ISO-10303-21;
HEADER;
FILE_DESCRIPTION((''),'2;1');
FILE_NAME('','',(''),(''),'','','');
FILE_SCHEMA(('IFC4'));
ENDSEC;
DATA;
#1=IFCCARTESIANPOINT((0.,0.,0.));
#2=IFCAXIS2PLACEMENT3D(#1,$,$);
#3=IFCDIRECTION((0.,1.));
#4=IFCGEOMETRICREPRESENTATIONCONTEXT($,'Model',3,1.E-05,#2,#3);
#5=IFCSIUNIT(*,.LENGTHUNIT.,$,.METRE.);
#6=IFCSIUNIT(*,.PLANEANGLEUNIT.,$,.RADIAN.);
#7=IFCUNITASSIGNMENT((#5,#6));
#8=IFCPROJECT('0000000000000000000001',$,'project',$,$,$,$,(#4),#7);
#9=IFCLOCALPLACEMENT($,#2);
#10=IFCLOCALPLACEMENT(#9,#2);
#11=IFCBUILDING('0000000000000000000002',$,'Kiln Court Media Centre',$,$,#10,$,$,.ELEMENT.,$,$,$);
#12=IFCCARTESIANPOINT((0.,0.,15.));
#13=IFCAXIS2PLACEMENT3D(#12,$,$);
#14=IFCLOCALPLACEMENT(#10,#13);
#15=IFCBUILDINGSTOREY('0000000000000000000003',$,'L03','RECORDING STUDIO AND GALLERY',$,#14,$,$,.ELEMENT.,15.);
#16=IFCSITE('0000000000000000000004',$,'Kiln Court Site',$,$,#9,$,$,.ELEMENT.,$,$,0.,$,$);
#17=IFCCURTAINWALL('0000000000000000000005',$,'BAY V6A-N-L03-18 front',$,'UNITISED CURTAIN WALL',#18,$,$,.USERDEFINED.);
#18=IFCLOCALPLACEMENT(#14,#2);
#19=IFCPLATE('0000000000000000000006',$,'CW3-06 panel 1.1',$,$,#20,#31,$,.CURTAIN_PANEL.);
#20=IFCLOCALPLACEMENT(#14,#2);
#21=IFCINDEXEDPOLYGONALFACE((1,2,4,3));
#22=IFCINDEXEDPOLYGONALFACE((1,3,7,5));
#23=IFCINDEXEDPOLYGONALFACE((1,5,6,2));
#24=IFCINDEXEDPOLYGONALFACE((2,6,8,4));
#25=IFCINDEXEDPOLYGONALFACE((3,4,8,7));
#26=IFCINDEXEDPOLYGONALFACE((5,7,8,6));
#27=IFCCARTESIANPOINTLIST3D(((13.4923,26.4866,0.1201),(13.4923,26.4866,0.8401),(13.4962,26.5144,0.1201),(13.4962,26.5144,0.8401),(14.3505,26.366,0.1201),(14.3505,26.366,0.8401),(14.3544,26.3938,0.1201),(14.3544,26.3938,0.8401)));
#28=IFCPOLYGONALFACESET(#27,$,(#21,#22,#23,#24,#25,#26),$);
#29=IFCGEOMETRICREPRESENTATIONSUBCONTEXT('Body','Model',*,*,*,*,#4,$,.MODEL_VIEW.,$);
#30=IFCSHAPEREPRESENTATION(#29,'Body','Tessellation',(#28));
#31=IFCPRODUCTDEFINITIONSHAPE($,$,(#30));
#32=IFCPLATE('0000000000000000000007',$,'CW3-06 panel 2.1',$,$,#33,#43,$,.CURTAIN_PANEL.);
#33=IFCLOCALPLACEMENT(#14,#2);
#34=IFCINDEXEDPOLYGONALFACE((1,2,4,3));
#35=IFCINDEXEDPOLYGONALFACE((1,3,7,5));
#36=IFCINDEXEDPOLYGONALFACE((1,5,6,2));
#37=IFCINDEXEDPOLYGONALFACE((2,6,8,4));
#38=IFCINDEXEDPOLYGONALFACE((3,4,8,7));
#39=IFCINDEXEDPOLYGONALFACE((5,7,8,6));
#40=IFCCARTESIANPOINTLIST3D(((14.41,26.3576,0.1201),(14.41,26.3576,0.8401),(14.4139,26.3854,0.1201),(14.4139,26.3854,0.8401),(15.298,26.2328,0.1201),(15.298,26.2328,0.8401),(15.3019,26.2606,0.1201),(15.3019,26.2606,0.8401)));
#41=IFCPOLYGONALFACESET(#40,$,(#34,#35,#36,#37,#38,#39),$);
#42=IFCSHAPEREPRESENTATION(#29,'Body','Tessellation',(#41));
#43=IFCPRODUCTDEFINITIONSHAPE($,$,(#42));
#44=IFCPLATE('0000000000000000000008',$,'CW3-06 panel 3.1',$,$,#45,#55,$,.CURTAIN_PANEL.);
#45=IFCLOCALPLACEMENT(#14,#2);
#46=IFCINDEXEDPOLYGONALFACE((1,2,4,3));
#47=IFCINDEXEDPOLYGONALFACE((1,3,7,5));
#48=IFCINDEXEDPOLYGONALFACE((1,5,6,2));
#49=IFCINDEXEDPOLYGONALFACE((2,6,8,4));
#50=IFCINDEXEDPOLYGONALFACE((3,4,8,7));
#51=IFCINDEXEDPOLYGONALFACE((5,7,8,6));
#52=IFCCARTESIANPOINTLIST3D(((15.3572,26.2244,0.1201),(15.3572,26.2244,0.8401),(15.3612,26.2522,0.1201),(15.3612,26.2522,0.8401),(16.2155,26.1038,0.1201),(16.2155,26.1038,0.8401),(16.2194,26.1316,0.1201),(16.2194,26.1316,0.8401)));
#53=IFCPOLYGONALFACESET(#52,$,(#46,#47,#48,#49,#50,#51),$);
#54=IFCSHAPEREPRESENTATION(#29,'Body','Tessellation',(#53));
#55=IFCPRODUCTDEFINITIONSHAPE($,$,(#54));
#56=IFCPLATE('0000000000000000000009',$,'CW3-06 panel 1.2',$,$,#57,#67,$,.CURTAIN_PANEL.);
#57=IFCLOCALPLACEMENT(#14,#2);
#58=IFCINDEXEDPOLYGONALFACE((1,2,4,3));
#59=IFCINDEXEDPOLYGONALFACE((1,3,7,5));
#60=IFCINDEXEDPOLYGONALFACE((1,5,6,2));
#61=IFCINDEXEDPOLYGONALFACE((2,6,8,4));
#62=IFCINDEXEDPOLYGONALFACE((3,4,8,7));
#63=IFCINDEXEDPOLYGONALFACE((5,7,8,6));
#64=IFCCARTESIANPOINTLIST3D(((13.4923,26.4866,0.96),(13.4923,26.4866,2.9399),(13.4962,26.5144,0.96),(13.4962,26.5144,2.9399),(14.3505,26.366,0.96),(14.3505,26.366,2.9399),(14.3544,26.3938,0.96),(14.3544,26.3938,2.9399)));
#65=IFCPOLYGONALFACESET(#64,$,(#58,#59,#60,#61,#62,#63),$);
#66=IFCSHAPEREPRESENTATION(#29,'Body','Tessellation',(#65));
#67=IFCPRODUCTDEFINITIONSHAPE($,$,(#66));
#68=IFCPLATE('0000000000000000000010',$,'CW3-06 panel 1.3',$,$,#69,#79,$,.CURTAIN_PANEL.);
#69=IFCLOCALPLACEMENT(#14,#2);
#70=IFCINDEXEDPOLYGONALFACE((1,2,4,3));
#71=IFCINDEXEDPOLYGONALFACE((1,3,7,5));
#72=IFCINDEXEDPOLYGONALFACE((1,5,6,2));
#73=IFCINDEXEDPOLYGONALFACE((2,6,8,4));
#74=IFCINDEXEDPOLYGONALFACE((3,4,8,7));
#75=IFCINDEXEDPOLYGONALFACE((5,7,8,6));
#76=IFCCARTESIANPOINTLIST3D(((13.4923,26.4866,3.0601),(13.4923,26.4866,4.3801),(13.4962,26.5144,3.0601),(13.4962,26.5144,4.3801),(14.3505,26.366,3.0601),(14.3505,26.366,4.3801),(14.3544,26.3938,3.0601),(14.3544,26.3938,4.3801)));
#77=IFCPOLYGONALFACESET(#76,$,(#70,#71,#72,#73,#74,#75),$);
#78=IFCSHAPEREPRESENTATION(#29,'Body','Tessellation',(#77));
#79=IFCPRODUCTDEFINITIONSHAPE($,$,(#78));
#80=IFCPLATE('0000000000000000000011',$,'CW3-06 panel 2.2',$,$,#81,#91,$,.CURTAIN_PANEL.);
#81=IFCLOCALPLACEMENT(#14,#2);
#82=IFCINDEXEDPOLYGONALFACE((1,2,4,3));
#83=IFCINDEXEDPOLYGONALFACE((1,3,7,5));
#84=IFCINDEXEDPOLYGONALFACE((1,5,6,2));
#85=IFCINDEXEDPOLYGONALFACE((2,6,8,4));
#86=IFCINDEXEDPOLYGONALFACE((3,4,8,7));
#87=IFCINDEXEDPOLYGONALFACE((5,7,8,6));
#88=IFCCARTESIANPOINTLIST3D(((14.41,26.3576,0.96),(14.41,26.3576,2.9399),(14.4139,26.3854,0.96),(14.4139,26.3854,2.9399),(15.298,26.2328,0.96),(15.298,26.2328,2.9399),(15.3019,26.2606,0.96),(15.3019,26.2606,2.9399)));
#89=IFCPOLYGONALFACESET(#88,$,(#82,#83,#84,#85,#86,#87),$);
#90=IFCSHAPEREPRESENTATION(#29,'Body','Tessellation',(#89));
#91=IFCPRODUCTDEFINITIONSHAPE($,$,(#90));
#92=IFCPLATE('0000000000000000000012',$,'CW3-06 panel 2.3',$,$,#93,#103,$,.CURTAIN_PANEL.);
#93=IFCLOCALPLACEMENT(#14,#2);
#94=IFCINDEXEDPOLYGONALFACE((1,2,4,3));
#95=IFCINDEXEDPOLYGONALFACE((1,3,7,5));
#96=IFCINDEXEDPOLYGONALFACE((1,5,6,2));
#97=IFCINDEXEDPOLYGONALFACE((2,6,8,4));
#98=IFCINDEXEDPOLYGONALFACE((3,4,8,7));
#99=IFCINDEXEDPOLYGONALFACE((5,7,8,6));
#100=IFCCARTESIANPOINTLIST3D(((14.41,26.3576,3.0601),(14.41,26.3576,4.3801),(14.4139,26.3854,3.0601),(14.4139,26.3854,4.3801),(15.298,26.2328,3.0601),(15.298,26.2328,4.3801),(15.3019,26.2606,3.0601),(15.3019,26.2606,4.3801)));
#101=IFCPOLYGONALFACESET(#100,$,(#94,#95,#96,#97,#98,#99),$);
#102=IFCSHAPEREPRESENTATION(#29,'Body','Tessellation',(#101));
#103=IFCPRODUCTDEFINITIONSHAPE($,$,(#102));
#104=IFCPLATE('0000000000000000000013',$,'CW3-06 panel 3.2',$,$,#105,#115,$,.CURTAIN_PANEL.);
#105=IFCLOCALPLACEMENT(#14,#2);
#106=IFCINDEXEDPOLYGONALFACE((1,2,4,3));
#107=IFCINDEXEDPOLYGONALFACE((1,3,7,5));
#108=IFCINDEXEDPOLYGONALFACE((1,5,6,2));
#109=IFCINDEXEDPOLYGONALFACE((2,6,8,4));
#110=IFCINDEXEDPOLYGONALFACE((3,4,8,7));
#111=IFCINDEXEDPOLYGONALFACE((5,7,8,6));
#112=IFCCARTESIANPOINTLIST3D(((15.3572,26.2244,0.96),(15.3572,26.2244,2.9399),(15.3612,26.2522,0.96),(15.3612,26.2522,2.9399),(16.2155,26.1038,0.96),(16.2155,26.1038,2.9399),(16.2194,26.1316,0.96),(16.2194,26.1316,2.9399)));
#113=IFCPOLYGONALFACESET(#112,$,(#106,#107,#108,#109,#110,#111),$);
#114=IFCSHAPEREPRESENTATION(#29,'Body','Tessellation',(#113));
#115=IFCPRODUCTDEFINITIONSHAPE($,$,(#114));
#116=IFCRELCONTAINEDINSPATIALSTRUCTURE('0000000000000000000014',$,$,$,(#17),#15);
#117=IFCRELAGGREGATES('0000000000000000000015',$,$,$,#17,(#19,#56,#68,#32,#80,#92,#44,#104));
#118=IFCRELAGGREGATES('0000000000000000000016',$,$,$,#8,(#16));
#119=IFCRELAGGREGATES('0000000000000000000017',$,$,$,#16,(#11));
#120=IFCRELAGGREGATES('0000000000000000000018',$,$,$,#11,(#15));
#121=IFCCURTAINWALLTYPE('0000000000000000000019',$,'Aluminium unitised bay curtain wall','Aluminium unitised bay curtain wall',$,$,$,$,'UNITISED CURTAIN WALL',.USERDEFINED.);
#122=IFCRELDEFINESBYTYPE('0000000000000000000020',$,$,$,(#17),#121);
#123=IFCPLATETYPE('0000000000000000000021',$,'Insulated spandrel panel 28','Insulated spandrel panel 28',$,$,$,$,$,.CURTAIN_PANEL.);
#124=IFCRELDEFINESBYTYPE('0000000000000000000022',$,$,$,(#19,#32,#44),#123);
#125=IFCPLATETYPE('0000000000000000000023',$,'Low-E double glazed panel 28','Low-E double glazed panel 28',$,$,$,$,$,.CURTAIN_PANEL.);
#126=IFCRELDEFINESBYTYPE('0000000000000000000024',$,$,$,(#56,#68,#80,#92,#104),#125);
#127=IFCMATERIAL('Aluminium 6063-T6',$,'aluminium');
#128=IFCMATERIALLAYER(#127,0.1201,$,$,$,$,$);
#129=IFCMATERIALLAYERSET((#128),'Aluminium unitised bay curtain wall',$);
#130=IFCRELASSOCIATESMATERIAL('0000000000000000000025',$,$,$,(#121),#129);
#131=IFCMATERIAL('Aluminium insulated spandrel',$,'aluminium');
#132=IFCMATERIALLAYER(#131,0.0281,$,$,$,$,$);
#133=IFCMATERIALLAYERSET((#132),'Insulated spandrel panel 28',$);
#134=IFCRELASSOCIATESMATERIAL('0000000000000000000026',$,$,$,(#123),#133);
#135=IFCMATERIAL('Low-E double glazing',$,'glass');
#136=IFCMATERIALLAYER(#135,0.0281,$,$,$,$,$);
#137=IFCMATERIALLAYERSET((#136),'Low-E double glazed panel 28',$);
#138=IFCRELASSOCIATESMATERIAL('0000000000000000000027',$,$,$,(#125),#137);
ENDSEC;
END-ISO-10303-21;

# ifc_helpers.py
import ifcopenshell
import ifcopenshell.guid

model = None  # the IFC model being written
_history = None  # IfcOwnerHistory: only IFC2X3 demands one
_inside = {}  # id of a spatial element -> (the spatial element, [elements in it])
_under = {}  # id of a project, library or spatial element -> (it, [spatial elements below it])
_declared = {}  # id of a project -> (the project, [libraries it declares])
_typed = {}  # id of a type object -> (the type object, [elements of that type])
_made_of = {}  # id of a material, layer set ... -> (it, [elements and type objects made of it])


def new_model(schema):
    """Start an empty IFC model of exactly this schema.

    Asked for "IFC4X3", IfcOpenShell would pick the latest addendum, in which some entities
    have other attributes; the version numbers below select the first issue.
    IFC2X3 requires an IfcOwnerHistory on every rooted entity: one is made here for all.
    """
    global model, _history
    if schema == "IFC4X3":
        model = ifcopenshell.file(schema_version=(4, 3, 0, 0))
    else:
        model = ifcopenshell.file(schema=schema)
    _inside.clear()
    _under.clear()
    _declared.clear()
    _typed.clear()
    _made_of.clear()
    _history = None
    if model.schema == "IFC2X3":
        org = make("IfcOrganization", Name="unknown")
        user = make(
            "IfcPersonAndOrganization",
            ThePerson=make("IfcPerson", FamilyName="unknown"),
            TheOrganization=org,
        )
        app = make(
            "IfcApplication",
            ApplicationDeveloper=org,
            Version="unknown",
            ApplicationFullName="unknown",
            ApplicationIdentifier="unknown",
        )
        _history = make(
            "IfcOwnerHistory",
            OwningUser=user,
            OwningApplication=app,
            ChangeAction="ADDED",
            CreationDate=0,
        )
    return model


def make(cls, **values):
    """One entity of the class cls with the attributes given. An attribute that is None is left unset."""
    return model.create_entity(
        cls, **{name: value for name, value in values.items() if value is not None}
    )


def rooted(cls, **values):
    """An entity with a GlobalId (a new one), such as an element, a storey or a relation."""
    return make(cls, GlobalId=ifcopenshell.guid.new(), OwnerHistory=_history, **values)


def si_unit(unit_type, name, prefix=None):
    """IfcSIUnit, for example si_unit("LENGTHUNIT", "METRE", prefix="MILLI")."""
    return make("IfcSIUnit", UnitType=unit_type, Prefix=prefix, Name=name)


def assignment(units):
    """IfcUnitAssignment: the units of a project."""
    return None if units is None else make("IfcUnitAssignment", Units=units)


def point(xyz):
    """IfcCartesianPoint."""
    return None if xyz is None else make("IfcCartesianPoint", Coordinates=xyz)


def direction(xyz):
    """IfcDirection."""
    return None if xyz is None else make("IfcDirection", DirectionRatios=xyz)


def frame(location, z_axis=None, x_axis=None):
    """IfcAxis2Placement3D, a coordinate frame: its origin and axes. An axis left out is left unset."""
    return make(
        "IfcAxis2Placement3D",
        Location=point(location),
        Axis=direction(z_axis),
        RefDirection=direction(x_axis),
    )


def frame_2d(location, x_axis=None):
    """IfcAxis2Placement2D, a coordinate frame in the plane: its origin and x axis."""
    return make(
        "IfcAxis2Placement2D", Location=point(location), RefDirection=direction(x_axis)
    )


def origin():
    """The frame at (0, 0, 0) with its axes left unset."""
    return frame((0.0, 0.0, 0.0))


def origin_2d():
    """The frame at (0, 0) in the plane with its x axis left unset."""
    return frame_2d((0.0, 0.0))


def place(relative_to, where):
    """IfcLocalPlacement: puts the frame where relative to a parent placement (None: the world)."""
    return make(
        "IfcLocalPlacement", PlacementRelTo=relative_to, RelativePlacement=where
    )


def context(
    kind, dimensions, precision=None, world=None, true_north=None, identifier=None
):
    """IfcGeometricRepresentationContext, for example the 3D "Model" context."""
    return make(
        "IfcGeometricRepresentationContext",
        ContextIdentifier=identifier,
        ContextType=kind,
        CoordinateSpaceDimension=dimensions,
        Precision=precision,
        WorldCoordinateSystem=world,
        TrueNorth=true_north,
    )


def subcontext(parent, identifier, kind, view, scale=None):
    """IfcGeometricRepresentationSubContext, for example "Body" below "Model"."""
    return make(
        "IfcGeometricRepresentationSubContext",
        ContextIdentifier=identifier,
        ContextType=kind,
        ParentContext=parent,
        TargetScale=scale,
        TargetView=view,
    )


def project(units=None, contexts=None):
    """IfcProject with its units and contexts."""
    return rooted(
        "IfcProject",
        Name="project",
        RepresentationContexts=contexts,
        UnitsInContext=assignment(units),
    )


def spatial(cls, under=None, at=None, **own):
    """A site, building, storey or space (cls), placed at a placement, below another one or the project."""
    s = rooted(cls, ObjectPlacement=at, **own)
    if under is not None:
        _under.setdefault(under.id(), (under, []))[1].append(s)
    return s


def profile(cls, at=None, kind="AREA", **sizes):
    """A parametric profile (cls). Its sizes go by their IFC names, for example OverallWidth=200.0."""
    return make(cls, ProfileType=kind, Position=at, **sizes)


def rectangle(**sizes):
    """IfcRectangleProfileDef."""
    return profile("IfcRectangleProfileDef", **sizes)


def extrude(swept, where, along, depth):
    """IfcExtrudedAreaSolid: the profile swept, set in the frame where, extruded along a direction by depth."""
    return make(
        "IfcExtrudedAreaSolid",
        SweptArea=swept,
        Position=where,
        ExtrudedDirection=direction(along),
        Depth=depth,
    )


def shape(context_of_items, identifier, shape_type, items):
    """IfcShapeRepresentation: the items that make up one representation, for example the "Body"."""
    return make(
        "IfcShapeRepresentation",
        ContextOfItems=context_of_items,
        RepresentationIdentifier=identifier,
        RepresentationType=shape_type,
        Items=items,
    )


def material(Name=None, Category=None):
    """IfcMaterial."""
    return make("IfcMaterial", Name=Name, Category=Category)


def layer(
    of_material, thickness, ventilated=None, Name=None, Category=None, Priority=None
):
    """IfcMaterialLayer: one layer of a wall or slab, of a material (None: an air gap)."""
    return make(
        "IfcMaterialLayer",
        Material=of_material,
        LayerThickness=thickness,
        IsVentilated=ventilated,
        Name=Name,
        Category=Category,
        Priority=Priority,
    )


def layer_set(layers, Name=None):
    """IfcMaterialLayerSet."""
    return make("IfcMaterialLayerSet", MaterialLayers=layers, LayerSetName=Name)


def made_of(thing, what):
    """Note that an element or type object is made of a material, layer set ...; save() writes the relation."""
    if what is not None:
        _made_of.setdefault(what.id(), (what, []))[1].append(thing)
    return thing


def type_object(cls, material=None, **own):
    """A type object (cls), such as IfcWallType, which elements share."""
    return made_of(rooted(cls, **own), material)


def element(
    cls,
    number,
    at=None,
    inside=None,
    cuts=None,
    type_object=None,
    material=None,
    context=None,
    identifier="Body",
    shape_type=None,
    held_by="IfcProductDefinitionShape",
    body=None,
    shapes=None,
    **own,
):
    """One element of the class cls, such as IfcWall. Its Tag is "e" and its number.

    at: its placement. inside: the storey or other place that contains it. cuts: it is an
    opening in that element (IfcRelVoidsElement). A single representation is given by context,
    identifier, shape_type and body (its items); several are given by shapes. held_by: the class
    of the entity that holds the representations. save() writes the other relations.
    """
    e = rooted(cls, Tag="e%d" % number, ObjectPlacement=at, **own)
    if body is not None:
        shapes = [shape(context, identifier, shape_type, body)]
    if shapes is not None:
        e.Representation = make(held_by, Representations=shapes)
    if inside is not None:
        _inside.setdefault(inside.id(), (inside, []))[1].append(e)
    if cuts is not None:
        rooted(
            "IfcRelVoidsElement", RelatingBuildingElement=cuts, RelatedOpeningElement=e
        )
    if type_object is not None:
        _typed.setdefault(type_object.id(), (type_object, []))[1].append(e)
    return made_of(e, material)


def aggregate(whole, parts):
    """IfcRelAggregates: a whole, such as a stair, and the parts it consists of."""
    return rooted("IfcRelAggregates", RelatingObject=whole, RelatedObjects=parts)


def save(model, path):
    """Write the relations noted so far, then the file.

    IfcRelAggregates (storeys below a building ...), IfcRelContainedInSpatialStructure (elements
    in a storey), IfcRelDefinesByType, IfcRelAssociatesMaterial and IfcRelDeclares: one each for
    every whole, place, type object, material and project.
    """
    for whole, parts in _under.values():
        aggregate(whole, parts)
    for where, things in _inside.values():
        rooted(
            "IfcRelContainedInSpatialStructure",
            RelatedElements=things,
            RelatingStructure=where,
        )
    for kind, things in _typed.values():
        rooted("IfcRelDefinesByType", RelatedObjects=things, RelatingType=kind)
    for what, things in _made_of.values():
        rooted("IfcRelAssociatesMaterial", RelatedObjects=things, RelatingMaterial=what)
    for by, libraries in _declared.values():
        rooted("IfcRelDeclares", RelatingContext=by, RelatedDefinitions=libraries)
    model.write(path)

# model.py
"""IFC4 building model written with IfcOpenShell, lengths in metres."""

from ifc_helpers import new_model, si_unit, direction, frame, origin, origin_2d, place, context, subcontext, project, spatial, rectangle, extrude, material, layer, layer_set, type_object, element, aggregate, save


model = new_model("IFC4")

# Units and contexts
model_context = context("Model", 3, precision=1e-05, world=origin(), true_north=direction((0.0, 1.0)))
body_context = subcontext(model_context, "Body", "Model", "MODEL_VIEW")
ifc_project = project(units=[si_unit("LENGTHUNIT", "METRE"), si_unit("PLANEANGLEUNIT", "RADIAN")], contexts=[model_context])

# Site, building, storey
site_placement = place(None, origin())
site = spatial("IfcSite", under=ifc_project, at=site_placement, Name="Kiln Court Site", CompositionType="ELEMENT", RefElevation=0.0)
building_placement = place(site_placement, origin())
building = spatial("IfcBuilding", under=site, at=building_placement, Name="Kiln Court Media Centre", CompositionType="ELEMENT")
storey_placement = place(building_placement, frame((0.0, 0.0, 15.0)))
storey = spatial("IfcBuildingStorey", under=building, at=storey_placement, Name="L03", Description="RECORDING STUDIO AND GALLERY", CompositionType="ELEMENT", Elevation=15.0)

# Curtain wall, plates
ifc_material_1 = material(Name="Aluminium 6063-T6", Category="aluminium")
ifc_layer_1 = layer(ifc_material_1, 0.1201)
ifc_layer_set_1 = layer_set([ifc_layer_1], Name="Aluminium unitised bay curtain wall")
curtain_wall_type = type_object("IfcCurtainWallType", Name="Aluminium unitised bay curtain wall", Description="Aluminium unitised bay curtain wall", ElementType="UNITISED CURTAIN WALL", PredefinedType="USERDEFINED", material=ifc_layer_set_1)
curtain_wall_placement = place(storey_placement, origin())
curtain_wall = element("IfcCurtainWall", 1, at=curtain_wall_placement, inside=storey, type_object=curtain_wall_type, Name="BAY V6A-N-L03-18 front", ObjectType="UNITISED CURTAIN WALL", PredefinedType="USERDEFINED")
ifc_material_2 = material(Name="Aluminium insulated spandrel", Category="aluminium")
ifc_layer_2 = layer(ifc_material_2, 0.0281)
ifc_layer_set_2 = layer_set([ifc_layer_2], Name="Insulated spandrel panel 28")
plate_type_1 = type_object("IfcPlateType", Name="Insulated spandrel panel 28", Description="Insulated spandrel panel 28", PredefinedType="CURTAIN_PANEL", material=ifc_layer_set_2)
plate_1_placement = place(storey_placement, frame((13.9233, 26.4402, 0.1201), z_axis=(0.0, 0.0, 1.0), x_axis=(0.99027, -0.139162, 0.0)))
plate_1 = element("IfcPlate", 2, at=plate_1_placement, type_object=plate_type_1, Name="CW3-06 panel 1.1", PredefinedType="CURTAIN_PANEL", context=body_context, shape_type="SweptSolid", body=[
    extrude(rectangle(XDim=0.8667, YDim=0.0281, at=origin_2d()), origin(), (0.0, 0.0, 1.0), 0.72),
])
plate_2_placement = place(storey_placement, frame((14.856, 26.3091, 0.1201), z_axis=(0.0, 0.0, 1.0), x_axis=(0.99027, -0.139162, 0.0)))
plate_2 = element("IfcPlate", 3, at=plate_2_placement, type_object=plate_type_1, Name="CW3-06 panel 2.1", PredefinedType="CURTAIN_PANEL", context=body_context, shape_type="SweptSolid", body=[
    extrude(rectangle(XDim=0.8967, YDim=0.0281, at=origin_2d()), origin(), (0.0, 0.0, 1.0), 0.72),
])
plate_3_placement = place(storey_placement, frame((15.7883, 26.178, 0.1201), z_axis=(0.0, 0.0, 1.0), x_axis=(0.99027, -0.139162, 0.0)))
plate_3 = element("IfcPlate", 4, at=plate_3_placement, type_object=plate_type_1, Name="CW3-06 panel 3.1", PredefinedType="CURTAIN_PANEL", context=body_context, shape_type="SweptSolid", body=[
    extrude(rectangle(XDim=0.8667, YDim=0.0281, at=origin_2d()), origin(), (0.0, 0.0, 1.0), 0.72),
])
ifc_material_3 = material(Name="Low-E double glazing", Category="glass")
ifc_layer_3 = layer(ifc_material_3, 0.0281)
ifc_layer_set_3 = layer_set([ifc_layer_3], Name="Low-E double glazed panel 28")
plate_type_2 = type_object("IfcPlateType", Name="Low-E double glazed panel 28", Description="Low-E double glazed panel 28", PredefinedType="CURTAIN_PANEL", material=ifc_layer_set_3)
plate_4_placement = place(storey_placement, frame((13.9233, 26.4402, 0.96), z_axis=(0.0, 0.0, 1.0), x_axis=(0.99027, -0.139162, 0.0)))
plate_4 = element("IfcPlate", 5, at=plate_4_placement, type_object=plate_type_2, Name="CW3-06 panel 1.2", PredefinedType="CURTAIN_PANEL", context=body_context, shape_type="SweptSolid", body=[
    extrude(rectangle(XDim=0.8667, YDim=0.0281, at=origin_2d()), origin(), (0.0, 0.0, 1.0), 1.98),
])
plate_5_placement = place(storey_placement, frame((13.9233, 26.4402, 3.0601), z_axis=(0.0, 0.0, 1.0), x_axis=(0.99027, -0.139162, 0.0)))
plate_5 = element("IfcPlate", 6, at=plate_5_placement, type_object=plate_type_2, Name="CW3-06 panel 1.3", PredefinedType="CURTAIN_PANEL", context=body_context, shape_type="SweptSolid", body=[
    extrude(rectangle(XDim=0.8667, YDim=0.0281, at=origin_2d()), origin(), (0.0, 0.0, 1.0), 1.3201),
])
plate_6_placement = place(storey_placement, frame((14.856, 26.3091, 0.96), z_axis=(0.0, 0.0, 1.0), x_axis=(0.99027, -0.139162, 0.0)))
plate_6 = element("IfcPlate", 7, at=plate_6_placement, type_object=plate_type_2, Name="CW3-06 panel 2.2", PredefinedType="CURTAIN_PANEL", context=body_context, shape_type="SweptSolid", body=[
    extrude(rectangle(XDim=0.8967, YDim=0.0281, at=origin_2d()), origin(), (0.0, 0.0, 1.0), 1.98),
])
plate_7_placement = place(storey_placement, frame((14.856, 26.3091, 3.0601), z_axis=(0.0, 0.0, 1.0), x_axis=(0.99027, -0.139162, 0.0)))
plate_7 = element("IfcPlate", 8, at=plate_7_placement, type_object=plate_type_2, Name="CW3-06 panel 2.3", PredefinedType="CURTAIN_PANEL", context=body_context, shape_type="SweptSolid", body=[
    extrude(rectangle(XDim=0.8967, YDim=0.0281, at=origin_2d()), origin(), (0.0, 0.0, 1.0), 1.3201),
])
plate_8_placement = place(storey_placement, frame((15.7883, 26.178, 0.96), z_axis=(0.0, 0.0, 1.0), x_axis=(0.99027, -0.139162, 0.0)))
plate_8 = element("IfcPlate", 9, at=plate_8_placement, type_object=plate_type_2, Name="CW3-06 panel 3.2", PredefinedType="CURTAIN_PANEL", context=body_context, shape_type="SweptSolid", body=[
    extrude(rectangle(XDim=0.8667, YDim=0.0281, at=origin_2d()), origin(), (0.0, 0.0, 1.0), 1.98),
])
aggregate(curtain_wall, [plate_1, plate_4, plate_5, plate_2, plate_6, plate_7, plate_3, plate_8])

save(model, "model.ifc")
